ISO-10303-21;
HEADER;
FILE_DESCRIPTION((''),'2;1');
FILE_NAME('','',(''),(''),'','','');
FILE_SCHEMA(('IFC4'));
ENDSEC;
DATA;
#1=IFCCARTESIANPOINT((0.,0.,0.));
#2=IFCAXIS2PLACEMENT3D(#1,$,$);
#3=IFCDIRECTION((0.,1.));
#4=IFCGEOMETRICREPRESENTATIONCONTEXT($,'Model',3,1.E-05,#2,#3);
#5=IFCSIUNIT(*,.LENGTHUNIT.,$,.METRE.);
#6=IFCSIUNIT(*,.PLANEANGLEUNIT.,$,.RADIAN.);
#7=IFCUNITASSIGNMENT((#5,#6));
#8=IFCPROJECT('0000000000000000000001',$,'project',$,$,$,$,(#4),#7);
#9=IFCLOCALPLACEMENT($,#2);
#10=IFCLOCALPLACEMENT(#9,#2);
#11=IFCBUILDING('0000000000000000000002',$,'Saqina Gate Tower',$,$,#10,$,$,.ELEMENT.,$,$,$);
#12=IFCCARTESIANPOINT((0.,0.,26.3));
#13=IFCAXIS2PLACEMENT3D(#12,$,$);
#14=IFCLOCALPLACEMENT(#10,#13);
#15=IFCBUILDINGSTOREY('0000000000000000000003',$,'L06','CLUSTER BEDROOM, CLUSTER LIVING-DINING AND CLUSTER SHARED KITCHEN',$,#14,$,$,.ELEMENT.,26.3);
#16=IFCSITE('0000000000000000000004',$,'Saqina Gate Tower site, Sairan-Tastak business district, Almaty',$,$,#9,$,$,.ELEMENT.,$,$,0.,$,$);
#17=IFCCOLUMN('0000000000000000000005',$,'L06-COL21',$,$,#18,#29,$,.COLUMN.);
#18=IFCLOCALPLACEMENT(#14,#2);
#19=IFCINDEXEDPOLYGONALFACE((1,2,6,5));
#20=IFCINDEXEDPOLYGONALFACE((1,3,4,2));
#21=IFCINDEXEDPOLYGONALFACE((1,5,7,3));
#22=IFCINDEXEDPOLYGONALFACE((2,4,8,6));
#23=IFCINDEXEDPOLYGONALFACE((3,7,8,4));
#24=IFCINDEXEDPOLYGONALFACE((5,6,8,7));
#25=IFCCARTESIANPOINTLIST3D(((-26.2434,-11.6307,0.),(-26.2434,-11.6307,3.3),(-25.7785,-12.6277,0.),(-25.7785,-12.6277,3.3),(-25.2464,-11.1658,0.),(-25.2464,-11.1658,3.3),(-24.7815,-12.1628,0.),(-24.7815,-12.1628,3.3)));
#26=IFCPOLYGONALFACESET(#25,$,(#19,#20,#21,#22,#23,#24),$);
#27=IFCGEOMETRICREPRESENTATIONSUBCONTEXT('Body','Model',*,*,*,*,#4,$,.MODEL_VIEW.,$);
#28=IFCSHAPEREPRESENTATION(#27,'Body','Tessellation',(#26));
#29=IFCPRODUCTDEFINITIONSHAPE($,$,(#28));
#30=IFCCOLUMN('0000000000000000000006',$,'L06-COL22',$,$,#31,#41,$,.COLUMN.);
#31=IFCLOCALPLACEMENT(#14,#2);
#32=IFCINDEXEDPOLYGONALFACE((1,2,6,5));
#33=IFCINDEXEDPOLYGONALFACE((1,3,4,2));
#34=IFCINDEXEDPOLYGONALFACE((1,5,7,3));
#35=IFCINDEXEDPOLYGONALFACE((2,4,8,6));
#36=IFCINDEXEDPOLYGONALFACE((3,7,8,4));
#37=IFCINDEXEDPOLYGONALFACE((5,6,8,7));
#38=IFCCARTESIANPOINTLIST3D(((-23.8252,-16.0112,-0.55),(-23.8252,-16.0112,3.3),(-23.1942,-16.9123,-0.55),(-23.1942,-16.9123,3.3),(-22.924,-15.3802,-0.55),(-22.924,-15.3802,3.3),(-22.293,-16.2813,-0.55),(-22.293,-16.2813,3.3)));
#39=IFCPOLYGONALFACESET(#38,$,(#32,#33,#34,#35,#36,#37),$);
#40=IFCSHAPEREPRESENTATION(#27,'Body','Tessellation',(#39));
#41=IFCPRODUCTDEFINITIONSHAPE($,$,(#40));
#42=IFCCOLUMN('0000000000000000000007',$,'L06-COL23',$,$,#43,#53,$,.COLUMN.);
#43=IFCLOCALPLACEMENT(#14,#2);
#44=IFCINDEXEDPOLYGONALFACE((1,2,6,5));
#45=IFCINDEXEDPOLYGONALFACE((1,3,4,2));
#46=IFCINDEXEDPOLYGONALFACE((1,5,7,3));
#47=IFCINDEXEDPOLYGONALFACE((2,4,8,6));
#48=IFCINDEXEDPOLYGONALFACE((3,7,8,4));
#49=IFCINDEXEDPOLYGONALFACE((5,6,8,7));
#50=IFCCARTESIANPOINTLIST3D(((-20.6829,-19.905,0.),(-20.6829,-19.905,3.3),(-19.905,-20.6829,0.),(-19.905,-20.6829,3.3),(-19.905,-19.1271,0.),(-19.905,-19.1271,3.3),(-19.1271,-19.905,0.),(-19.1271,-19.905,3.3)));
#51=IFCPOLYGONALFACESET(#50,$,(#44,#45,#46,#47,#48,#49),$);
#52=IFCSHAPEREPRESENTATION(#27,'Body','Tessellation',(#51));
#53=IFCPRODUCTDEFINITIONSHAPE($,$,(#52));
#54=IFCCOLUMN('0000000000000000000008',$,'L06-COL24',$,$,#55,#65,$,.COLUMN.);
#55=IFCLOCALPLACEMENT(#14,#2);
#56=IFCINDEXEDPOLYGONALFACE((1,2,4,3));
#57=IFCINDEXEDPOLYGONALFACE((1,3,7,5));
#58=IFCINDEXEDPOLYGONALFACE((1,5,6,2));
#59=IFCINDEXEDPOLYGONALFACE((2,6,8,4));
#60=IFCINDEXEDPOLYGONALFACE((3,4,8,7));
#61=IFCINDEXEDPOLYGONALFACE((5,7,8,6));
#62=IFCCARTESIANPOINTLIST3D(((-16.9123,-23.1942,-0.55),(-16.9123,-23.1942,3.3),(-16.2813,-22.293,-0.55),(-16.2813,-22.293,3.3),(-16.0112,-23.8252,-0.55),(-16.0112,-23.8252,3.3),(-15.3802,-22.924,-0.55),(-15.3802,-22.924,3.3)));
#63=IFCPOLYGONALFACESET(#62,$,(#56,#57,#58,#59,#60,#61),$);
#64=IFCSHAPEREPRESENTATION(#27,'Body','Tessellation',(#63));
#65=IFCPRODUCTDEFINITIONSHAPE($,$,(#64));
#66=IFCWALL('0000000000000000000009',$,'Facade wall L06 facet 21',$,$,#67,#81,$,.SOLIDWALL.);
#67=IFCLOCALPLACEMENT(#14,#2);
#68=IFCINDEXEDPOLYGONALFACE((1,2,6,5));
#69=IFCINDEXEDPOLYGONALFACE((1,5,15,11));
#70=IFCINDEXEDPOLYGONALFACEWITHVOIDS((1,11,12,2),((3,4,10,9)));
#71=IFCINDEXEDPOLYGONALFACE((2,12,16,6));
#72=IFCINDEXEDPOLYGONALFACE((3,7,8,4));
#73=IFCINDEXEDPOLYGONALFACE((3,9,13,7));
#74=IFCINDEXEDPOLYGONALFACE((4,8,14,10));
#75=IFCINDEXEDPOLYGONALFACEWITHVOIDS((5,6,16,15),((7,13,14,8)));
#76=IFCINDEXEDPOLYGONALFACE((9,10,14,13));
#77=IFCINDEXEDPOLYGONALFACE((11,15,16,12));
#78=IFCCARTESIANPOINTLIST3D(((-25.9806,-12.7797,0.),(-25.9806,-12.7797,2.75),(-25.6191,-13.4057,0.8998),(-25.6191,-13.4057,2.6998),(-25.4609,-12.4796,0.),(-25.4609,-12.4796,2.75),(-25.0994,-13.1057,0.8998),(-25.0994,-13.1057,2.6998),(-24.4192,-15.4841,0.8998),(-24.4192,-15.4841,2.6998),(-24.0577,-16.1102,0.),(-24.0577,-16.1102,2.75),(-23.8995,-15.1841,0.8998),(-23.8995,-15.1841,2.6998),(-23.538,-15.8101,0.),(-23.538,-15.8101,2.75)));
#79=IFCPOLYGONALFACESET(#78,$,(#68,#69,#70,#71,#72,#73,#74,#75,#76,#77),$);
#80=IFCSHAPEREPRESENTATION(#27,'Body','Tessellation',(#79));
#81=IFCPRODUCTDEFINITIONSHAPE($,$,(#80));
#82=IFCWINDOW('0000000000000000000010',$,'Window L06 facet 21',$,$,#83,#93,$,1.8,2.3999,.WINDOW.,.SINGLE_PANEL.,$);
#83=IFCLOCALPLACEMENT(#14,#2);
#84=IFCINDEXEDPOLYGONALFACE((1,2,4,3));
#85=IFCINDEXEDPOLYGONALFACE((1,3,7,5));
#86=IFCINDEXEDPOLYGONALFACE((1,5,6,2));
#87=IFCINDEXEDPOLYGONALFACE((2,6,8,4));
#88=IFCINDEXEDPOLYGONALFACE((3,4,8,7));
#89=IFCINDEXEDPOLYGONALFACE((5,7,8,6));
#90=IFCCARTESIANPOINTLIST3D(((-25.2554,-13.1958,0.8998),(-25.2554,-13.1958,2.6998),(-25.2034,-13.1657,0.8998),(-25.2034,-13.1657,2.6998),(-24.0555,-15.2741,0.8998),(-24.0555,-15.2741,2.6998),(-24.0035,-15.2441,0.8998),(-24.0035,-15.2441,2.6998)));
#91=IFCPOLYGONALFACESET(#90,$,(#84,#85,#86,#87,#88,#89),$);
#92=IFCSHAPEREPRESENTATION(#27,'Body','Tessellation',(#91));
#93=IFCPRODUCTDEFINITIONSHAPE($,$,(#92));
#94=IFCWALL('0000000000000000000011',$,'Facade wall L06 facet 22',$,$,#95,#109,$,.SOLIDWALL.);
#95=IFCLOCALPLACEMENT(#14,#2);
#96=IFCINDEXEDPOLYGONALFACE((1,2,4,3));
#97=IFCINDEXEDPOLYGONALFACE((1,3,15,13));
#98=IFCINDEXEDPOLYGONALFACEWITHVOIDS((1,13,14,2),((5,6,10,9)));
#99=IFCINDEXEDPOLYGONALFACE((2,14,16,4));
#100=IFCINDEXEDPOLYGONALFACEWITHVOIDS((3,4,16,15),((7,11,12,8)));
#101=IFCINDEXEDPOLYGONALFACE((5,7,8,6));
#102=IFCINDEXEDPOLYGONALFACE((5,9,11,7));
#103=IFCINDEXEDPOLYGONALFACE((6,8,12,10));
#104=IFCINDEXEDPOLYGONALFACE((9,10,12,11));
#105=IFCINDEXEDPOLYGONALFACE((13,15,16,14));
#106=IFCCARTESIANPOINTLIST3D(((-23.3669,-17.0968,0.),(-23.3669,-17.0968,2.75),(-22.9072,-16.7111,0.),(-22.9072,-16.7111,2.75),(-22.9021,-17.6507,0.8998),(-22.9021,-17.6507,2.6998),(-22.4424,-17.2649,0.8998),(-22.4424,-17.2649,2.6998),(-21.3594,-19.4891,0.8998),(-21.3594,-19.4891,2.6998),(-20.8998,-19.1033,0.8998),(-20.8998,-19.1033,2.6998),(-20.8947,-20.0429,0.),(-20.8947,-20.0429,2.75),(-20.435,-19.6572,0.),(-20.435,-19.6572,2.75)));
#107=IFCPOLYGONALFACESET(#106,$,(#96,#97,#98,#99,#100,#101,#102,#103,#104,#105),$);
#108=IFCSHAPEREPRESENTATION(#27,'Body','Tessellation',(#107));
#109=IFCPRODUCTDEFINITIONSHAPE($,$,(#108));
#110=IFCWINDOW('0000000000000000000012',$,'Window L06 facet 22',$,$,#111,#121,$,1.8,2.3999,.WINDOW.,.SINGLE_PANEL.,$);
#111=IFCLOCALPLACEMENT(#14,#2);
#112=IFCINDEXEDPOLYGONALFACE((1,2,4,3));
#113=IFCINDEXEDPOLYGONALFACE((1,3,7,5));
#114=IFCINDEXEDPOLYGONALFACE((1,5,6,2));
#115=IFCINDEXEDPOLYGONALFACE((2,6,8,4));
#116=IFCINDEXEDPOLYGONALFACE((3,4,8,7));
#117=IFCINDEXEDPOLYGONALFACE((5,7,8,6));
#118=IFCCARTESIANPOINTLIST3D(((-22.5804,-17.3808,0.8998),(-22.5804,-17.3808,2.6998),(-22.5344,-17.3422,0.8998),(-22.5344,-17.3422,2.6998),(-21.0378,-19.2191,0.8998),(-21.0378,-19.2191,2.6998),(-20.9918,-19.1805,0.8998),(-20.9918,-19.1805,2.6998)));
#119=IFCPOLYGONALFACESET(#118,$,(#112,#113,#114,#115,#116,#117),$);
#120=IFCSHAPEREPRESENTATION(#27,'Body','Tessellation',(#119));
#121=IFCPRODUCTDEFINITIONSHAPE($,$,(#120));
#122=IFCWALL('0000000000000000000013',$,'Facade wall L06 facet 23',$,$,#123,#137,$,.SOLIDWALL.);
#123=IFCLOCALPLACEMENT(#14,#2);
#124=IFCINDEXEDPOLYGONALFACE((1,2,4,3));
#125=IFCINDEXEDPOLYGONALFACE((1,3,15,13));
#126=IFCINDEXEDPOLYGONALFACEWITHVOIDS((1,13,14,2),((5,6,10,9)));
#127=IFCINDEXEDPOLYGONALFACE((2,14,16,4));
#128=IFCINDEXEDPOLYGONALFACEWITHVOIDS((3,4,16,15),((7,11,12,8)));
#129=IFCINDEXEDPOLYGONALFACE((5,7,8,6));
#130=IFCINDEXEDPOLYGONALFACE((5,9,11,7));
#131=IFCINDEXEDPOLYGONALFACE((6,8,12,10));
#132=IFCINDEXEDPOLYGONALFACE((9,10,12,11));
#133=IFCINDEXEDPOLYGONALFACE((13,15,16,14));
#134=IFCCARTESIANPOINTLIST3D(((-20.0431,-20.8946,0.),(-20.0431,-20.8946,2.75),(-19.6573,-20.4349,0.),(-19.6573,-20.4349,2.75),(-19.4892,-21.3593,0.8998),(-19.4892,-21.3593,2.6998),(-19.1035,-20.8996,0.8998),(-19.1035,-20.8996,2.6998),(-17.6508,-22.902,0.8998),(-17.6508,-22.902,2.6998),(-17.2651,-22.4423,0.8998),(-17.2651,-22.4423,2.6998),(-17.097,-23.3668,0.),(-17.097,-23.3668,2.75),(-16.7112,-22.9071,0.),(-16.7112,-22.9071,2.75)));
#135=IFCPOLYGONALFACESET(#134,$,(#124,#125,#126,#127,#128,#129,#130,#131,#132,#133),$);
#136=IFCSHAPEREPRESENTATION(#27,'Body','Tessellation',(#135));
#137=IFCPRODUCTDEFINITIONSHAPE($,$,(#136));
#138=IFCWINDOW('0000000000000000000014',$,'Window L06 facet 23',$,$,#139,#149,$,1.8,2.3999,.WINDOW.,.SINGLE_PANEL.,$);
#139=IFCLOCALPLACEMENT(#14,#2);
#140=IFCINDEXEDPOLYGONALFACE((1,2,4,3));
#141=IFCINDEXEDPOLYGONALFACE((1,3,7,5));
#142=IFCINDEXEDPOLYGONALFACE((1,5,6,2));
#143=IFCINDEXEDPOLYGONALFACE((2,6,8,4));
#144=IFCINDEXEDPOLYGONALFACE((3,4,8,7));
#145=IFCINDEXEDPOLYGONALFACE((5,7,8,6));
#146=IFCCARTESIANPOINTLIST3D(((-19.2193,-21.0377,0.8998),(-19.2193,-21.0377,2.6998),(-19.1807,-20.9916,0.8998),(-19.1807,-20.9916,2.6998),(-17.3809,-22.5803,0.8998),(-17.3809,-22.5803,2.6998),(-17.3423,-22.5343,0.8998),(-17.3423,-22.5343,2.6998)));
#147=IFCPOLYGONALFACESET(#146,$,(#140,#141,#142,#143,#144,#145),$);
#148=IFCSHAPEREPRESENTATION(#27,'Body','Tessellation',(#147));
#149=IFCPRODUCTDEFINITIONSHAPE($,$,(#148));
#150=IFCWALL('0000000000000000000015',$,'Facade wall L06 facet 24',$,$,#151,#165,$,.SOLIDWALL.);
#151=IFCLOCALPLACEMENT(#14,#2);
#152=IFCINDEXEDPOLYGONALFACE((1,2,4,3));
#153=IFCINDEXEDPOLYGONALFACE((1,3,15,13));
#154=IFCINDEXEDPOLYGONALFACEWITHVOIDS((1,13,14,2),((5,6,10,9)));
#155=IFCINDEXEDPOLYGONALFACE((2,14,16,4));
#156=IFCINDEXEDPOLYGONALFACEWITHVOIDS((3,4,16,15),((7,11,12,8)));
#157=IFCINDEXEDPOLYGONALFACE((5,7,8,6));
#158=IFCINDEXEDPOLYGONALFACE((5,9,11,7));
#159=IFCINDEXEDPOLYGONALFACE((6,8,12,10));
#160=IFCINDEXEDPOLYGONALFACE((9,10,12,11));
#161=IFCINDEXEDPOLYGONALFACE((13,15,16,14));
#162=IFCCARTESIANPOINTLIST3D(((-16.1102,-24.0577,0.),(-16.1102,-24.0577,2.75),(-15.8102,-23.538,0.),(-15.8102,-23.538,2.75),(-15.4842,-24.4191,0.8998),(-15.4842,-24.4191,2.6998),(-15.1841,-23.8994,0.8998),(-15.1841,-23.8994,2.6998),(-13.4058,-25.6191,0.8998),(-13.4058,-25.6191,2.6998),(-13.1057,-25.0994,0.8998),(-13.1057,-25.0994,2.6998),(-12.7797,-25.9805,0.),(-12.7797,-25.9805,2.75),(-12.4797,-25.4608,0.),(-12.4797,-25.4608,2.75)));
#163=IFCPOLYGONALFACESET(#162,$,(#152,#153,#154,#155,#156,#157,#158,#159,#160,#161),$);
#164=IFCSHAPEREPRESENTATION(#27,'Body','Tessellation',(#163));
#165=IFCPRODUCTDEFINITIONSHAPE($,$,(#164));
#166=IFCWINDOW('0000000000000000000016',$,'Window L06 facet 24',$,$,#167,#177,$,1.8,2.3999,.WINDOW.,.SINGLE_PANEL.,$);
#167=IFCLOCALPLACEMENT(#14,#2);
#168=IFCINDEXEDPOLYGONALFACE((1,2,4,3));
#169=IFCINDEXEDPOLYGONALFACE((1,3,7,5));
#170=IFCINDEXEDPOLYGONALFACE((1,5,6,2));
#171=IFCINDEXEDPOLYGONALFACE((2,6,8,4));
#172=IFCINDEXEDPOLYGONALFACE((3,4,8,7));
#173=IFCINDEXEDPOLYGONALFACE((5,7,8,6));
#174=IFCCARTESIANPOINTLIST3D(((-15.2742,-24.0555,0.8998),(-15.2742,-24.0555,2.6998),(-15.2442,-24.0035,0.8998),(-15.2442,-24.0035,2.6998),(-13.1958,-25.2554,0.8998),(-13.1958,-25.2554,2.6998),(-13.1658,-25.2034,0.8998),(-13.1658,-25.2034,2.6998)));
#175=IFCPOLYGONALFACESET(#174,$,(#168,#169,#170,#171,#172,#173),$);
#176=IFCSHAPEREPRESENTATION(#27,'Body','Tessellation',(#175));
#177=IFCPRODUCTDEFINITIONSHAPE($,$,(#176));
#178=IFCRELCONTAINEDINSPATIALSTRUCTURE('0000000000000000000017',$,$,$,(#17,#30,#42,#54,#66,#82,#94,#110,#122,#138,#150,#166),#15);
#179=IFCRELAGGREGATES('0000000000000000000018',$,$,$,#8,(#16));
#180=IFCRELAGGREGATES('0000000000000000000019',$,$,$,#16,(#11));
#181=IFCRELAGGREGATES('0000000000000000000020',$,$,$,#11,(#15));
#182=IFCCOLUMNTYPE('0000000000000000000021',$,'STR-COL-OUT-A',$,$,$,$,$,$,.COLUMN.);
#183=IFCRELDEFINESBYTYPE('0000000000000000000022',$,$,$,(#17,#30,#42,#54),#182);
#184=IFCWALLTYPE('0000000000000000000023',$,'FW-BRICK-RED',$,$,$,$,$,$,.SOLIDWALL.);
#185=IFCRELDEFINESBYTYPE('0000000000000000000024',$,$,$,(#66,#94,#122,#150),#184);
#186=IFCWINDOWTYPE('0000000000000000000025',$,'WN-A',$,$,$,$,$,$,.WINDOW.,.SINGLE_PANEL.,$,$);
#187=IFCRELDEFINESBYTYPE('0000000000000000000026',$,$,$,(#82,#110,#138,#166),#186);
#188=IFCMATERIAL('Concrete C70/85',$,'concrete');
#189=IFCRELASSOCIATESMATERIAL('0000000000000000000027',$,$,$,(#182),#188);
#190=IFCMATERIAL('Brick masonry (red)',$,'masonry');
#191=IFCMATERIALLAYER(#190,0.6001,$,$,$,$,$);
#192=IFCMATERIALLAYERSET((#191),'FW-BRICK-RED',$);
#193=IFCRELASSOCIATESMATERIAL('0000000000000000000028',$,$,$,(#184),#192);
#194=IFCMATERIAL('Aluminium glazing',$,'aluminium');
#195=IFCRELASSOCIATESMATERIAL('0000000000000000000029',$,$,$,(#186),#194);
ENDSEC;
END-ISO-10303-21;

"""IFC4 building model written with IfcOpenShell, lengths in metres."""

from ifc_helpers import new_model, si_unit, direction, frame, frame_2d, origin, origin_2d, place, context, subcontext, project, spatial, rectangle, extrude, material, layer, layer_set, material_profile, profile_set, type_object, element, fill, save


model = new_model("IFC4")

# Units and contexts
model_context = context("Model", 3, precision=1e-05, world=origin(), true_north=direction((0.0, 1.0)))
body_context = subcontext(model_context, "Body", "Model", "MODEL_VIEW")
ifc_project = project(units=[si_unit("LENGTHUNIT", "METRE"), si_unit("PLANEANGLEUNIT", "RADIAN")], contexts=[model_context])

# Site, building, storey
site_placement = place(None, origin())
site = spatial("IfcSite", under=ifc_project, at=site_placement, Name="Saqina Gate Tower site, Sairan-Tastak business district, Almaty", CompositionType="ELEMENT", RefElevation=0.0)
building_placement = place(site_placement, origin())
building = spatial("IfcBuilding", under=site, at=building_placement, Name="Saqina Gate Tower", CompositionType="ELEMENT")
storey_placement = place(building_placement, frame((0.0, 0.0, 26.3)))
storey = spatial("IfcBuildingStorey", under=building, at=storey_placement, Name="L06", Description="CLUSTER BEDROOM, CLUSTER LIVING-DINING AND CLUSTER SHARED KITCHEN", CompositionType="ELEMENT", Elevation=26.3)

# Columns
ifc_material_1 = material(Name="Concrete C70/85", Category="concrete")
ifc_material_profile = material_profile(ifc_material_1, rectangle(XDim=1.1001, YDim=1.1001, at=origin_2d()), Name="RC 1100x1100")
ifc_profile_set = profile_set([ifc_material_profile], Name="Concrete C70/85")
column_type = type_object("IfcColumnType", Name="STR-COL-OUT-A", PredefinedType="COLUMN", material=ifc_profile_set)
column_1_placement = place(storey_placement, frame((-25.5125, -11.8967, 0.0), z_axis=(0.0, 0.0, 1.0), x_axis=(-0.906308, -0.422618, 0.0)))
element("IfcColumn", 1, at=column_1_placement, inside=storey, type_object=column_type, Name="L06-COL21", PredefinedType="COLUMN", context=body_context, shape_type="SweptSolid", body=[
    extrude(rectangle(XDim=1.1001, YDim=1.1001, at=origin_2d()), origin(), (0.0, 0.0, 1.0), 3.3),
])
column_2_placement = place(storey_placement, frame((-23.0591, -16.1462, -0.55), z_axis=(0.0, 0.0, 1.0), x_axis=(-0.819152, -0.573576, 0.0)))
element("IfcColumn", 2, at=column_2_placement, inside=storey, type_object=column_type, Name="L06-COL22", PredefinedType="COLUMN", context=body_context, shape_type="SweptSolid", body=[
    extrude(rectangle(XDim=1.1001, YDim=1.1001, at=origin_2d()), origin(), (0.0, 0.0, 1.0), 3.8501),
])
column_3_placement = place(storey_placement, frame((-19.905, -19.905, 0.0), z_axis=(0.0, 0.0, 1.0), x_axis=(-0.707107, -0.707107, 0.0)))
element("IfcColumn", 3, at=column_3_placement, inside=storey, type_object=column_type, Name="L06-COL23", PredefinedType="COLUMN", context=body_context, shape_type="SweptSolid", body=[
    extrude(rectangle(XDim=1.1001, YDim=1.1001, at=origin_2d()), origin(), (0.0, 0.0, 1.0), 3.3),
])
column_4_placement = place(storey_placement, frame((-16.1462, -23.0591, -0.55), z_axis=(0.0, 0.0, 1.0), x_axis=(-0.573576, -0.819152, 0.0)))
element("IfcColumn", 4, at=column_4_placement, inside=storey, type_object=column_type, Name="L06-COL24", PredefinedType="COLUMN", context=body_context, shape_type="SweptSolid", body=[
    extrude(rectangle(XDim=1.1001, YDim=1.1001, at=origin_2d()), origin(), (0.0, 0.0, 1.0), 3.8501),
])

# Walls, openings, windows
ifc_material_2 = material(Name="Brick masonry (red)", Category="masonry")
ifc_layer_1 = layer(ifc_material_2, 0.6001)
ifc_layer_set_1 = layer_set([ifc_layer_1], Name="FW-BRICK-RED")
wall_type_1 = type_object("IfcWallType", Name="FW-BRICK-RED", PredefinedType="SOLIDWALL", material=ifc_layer_set_1)
wall_1_placement = place(storey_placement, frame((-25.7207, -12.6296, 0.0), z_axis=(0.0, 0.0, 1.0), x_axis=(0.49999, -0.866031, 0.0)))
wall_1 = element("IfcWall", 5, at=wall_1_placement, inside=storey, type_object=wall_type_1, Name="Facade wall L06 facet 21", PredefinedType="SOLIDWALL", context=body_context, shape_type="SweptSolid", body=[
    extrude(rectangle(XDim=3.8457, YDim=0.6001, at=frame_2d((1.9229, 0.0))), origin(), (0.0, 0.0, 1.0), 2.75),
])
opening_1_placement = place(wall_1_placement, frame((0.7229, 0.0, 0.8999)))
opening_1 = element("IfcOpeningElement", 6, at=opening_1_placement, cuts=wall_1, PredefinedType="OPENING", context=body_context, shape_type="SweptSolid", body=[
    extrude(rectangle(XDim=2.3999, YDim=1.8, at=frame_2d((1.2, 0.8999))), frame((0.0, 0.312, 0.0), z_axis=(0.0, -1.0, 0.0), x_axis=(1.0, 0.0, 0.0)), (0.0, 0.0, 1.0), 0.624),
])
ifc_material_3 = material(Name="Aluminium glazing", Category="aluminium")
window_type = type_object("IfcWindowType", Name="WN-A", PartitioningType="SINGLE_PANEL", PredefinedType="WINDOW", material=ifc_material_3)
window_1_placement = place(opening_1_placement, origin())
window_1 = element("IfcWindow", 7, at=window_1_placement, inside=storey, type_object=window_type, Name="Window L06 facet 21", OverallHeight=1.8, OverallWidth=2.3999, PartitioningType="SINGLE_PANEL", PredefinedType="WINDOW", context=body_context, shape_type="SweptSolid", body=[
    extrude(rectangle(XDim=2.3999, YDim=1.8, at=frame_2d((1.2, 0.8999))), frame((0.0, 0.1799, 0.0), z_axis=(0.0, -1.0, 0.0), x_axis=(1.0, 0.0, 0.0)), (0.0, 0.0, 1.0), 0.0601),
])
fill(opening_1, window_1)
wall_2_placement = place(storey_placement, frame((-23.137, -16.9041, 0.0), z_axis=(0.0, 0.0, 1.0), x_axis=(0.642809, -0.766026, 0.0)))
wall_2 = element("IfcWall", 8, at=wall_2_placement, inside=storey, type_object=wall_type_1, Name="Facade wall L06 facet 22", PredefinedType="SOLIDWALL", context=body_context, shape_type="SweptSolid", body=[
    extrude(rectangle(XDim=3.8459, YDim=0.6001, at=frame_2d((1.9229, 0.0))), origin(), (0.0, 0.0, 1.0), 2.75),
])
opening_2_placement = place(wall_2_placement, frame((0.7229, 0.0, 0.8999)))
opening_2 = element("IfcOpeningElement", 9, at=opening_2_placement, cuts=wall_2, PredefinedType="OPENING", context=body_context, shape_type="SweptSolid", body=[
    extrude(rectangle(XDim=2.3999, YDim=1.8, at=frame_2d((1.2, 0.8999))), frame((0.0, 0.312, 0.0), z_axis=(0.0, -1.0, 0.0), x_axis=(1.0, 0.0, 0.0)), (0.0, 0.0, 1.0), 0.624),
])
window_2_placement = place(opening_2_placement, origin())
window_2 = element("IfcWindow", 10, at=window_2_placement, inside=storey, type_object=window_type, Name="Window L06 facet 22", OverallHeight=1.8, OverallWidth=2.3999, PartitioningType="SINGLE_PANEL", PredefinedType="WINDOW", context=body_context, shape_type="SweptSolid", body=[
    extrude(rectangle(XDim=2.3999, YDim=1.8, at=frame_2d((1.2, 0.8999))), frame((0.0, 0.1799, 0.0), z_axis=(0.0, -1.0, 0.0), x_axis=(1.0, 0.0, 0.0)), (0.0, 0.0, 1.0), 0.0601),
])
fill(opening_2, window_2)
wall_3_placement = place(storey_placement, frame((-19.8501, -20.6648, 0.0), z_axis=(0.0, 0.0, 1.0), x_axis=(0.766026, -0.642809, 0.0)))
wall_3 = element("IfcWall", 11, at=wall_3_placement, inside=storey, type_object=wall_type_1, Name="Facade wall L06 facet 23", PredefinedType="SOLIDWALL", context=body_context, shape_type="SweptSolid", body=[
    extrude(rectangle(XDim=3.8459, YDim=0.6001, at=frame_2d((1.9229, 0.0))), origin(), (0.0, 0.0, 1.0), 2.75),
])
opening_3_placement = place(wall_3_placement, frame((0.7229, 0.0, 0.8999)))
opening_3 = element("IfcOpeningElement", 12, at=opening_3_placement, cuts=wall_3, PredefinedType="OPENING", context=body_context, shape_type="SweptSolid", body=[
    extrude(rectangle(XDim=2.3999, YDim=1.8, at=frame_2d((1.2, 0.8999))), frame((0.0, 0.312, 0.0), z_axis=(0.0, -1.0, 0.0), x_axis=(1.0, 0.0, 0.0)), (0.0, 0.0, 1.0), 0.624),
])
window_3_placement = place(opening_3_placement, origin())
window_3 = element("IfcWindow", 13, at=window_3_placement, inside=storey, type_object=window_type, Name="Window L06 facet 23", OverallHeight=1.8, OverallWidth=2.3999, PartitioningType="SINGLE_PANEL", PredefinedType="WINDOW", context=body_context, shape_type="SweptSolid", body=[
    extrude(rectangle(XDim=2.3999, YDim=1.8, at=frame_2d((1.2, 0.8999))), frame((0.0, 0.1799, 0.0), z_axis=(0.0, -1.0, 0.0), x_axis=(1.0, 0.0, 0.0)), (0.0, 0.0, 1.0), 0.0601),
])
fill(opening_3, window_3)
wall_4_placement = place(storey_placement, frame((-15.9602, -23.7979, 0.0), z_axis=(0.0, 0.0, 1.0), x_axis=(0.866031, -0.49999, 0.0)))
wall_4 = element("IfcWall", 14, at=wall_4_placement, inside=storey, type_object=wall_type_1, Name="Facade wall L06 facet 24", PredefinedType="SOLIDWALL", context=body_context, shape_type="SweptSolid", body=[
    extrude(rectangle(XDim=3.8457, YDim=0.6001, at=frame_2d((1.9229, 0.0))), origin(), (0.0, 0.0, 1.0), 2.75),
])
opening_4_placement = place(wall_4_placement, frame((0.7229, 0.0, 0.8999)))
opening_4 = element("IfcOpeningElement", 15, at=opening_4_placement, cuts=wall_4, PredefinedType="OPENING", context=body_context, shape_type="SweptSolid", body=[
    extrude(rectangle(XDim=2.3999, YDim=1.8, at=frame_2d((1.2, 0.8999))), frame((0.0, 0.312, 0.0), z_axis=(0.0, -1.0, 0.0), x_axis=(1.0, 0.0, 0.0)), (0.0, 0.0, 1.0), 0.624),
])
window_4_placement = place(opening_4_placement, origin())
window_4 = element("IfcWindow", 16, at=window_4_placement, inside=storey, type_object=window_type, Name="Window L06 facet 24", OverallHeight=1.8, OverallWidth=2.3999, PartitioningType="SINGLE_PANEL", PredefinedType="WINDOW", context=body_context, shape_type="SweptSolid", body=[
    extrude(rectangle(XDim=2.3999, YDim=1.8, at=frame_2d((1.2, 0.8999))), frame((0.0, 0.1799, 0.0), z_axis=(0.0, -1.0, 0.0), x_axis=(1.0, 0.0, 0.0)), (0.0, 0.0, 1.0), 0.0601),
])
fill(opening_4, window_4)

save(model, "model.ifc")
